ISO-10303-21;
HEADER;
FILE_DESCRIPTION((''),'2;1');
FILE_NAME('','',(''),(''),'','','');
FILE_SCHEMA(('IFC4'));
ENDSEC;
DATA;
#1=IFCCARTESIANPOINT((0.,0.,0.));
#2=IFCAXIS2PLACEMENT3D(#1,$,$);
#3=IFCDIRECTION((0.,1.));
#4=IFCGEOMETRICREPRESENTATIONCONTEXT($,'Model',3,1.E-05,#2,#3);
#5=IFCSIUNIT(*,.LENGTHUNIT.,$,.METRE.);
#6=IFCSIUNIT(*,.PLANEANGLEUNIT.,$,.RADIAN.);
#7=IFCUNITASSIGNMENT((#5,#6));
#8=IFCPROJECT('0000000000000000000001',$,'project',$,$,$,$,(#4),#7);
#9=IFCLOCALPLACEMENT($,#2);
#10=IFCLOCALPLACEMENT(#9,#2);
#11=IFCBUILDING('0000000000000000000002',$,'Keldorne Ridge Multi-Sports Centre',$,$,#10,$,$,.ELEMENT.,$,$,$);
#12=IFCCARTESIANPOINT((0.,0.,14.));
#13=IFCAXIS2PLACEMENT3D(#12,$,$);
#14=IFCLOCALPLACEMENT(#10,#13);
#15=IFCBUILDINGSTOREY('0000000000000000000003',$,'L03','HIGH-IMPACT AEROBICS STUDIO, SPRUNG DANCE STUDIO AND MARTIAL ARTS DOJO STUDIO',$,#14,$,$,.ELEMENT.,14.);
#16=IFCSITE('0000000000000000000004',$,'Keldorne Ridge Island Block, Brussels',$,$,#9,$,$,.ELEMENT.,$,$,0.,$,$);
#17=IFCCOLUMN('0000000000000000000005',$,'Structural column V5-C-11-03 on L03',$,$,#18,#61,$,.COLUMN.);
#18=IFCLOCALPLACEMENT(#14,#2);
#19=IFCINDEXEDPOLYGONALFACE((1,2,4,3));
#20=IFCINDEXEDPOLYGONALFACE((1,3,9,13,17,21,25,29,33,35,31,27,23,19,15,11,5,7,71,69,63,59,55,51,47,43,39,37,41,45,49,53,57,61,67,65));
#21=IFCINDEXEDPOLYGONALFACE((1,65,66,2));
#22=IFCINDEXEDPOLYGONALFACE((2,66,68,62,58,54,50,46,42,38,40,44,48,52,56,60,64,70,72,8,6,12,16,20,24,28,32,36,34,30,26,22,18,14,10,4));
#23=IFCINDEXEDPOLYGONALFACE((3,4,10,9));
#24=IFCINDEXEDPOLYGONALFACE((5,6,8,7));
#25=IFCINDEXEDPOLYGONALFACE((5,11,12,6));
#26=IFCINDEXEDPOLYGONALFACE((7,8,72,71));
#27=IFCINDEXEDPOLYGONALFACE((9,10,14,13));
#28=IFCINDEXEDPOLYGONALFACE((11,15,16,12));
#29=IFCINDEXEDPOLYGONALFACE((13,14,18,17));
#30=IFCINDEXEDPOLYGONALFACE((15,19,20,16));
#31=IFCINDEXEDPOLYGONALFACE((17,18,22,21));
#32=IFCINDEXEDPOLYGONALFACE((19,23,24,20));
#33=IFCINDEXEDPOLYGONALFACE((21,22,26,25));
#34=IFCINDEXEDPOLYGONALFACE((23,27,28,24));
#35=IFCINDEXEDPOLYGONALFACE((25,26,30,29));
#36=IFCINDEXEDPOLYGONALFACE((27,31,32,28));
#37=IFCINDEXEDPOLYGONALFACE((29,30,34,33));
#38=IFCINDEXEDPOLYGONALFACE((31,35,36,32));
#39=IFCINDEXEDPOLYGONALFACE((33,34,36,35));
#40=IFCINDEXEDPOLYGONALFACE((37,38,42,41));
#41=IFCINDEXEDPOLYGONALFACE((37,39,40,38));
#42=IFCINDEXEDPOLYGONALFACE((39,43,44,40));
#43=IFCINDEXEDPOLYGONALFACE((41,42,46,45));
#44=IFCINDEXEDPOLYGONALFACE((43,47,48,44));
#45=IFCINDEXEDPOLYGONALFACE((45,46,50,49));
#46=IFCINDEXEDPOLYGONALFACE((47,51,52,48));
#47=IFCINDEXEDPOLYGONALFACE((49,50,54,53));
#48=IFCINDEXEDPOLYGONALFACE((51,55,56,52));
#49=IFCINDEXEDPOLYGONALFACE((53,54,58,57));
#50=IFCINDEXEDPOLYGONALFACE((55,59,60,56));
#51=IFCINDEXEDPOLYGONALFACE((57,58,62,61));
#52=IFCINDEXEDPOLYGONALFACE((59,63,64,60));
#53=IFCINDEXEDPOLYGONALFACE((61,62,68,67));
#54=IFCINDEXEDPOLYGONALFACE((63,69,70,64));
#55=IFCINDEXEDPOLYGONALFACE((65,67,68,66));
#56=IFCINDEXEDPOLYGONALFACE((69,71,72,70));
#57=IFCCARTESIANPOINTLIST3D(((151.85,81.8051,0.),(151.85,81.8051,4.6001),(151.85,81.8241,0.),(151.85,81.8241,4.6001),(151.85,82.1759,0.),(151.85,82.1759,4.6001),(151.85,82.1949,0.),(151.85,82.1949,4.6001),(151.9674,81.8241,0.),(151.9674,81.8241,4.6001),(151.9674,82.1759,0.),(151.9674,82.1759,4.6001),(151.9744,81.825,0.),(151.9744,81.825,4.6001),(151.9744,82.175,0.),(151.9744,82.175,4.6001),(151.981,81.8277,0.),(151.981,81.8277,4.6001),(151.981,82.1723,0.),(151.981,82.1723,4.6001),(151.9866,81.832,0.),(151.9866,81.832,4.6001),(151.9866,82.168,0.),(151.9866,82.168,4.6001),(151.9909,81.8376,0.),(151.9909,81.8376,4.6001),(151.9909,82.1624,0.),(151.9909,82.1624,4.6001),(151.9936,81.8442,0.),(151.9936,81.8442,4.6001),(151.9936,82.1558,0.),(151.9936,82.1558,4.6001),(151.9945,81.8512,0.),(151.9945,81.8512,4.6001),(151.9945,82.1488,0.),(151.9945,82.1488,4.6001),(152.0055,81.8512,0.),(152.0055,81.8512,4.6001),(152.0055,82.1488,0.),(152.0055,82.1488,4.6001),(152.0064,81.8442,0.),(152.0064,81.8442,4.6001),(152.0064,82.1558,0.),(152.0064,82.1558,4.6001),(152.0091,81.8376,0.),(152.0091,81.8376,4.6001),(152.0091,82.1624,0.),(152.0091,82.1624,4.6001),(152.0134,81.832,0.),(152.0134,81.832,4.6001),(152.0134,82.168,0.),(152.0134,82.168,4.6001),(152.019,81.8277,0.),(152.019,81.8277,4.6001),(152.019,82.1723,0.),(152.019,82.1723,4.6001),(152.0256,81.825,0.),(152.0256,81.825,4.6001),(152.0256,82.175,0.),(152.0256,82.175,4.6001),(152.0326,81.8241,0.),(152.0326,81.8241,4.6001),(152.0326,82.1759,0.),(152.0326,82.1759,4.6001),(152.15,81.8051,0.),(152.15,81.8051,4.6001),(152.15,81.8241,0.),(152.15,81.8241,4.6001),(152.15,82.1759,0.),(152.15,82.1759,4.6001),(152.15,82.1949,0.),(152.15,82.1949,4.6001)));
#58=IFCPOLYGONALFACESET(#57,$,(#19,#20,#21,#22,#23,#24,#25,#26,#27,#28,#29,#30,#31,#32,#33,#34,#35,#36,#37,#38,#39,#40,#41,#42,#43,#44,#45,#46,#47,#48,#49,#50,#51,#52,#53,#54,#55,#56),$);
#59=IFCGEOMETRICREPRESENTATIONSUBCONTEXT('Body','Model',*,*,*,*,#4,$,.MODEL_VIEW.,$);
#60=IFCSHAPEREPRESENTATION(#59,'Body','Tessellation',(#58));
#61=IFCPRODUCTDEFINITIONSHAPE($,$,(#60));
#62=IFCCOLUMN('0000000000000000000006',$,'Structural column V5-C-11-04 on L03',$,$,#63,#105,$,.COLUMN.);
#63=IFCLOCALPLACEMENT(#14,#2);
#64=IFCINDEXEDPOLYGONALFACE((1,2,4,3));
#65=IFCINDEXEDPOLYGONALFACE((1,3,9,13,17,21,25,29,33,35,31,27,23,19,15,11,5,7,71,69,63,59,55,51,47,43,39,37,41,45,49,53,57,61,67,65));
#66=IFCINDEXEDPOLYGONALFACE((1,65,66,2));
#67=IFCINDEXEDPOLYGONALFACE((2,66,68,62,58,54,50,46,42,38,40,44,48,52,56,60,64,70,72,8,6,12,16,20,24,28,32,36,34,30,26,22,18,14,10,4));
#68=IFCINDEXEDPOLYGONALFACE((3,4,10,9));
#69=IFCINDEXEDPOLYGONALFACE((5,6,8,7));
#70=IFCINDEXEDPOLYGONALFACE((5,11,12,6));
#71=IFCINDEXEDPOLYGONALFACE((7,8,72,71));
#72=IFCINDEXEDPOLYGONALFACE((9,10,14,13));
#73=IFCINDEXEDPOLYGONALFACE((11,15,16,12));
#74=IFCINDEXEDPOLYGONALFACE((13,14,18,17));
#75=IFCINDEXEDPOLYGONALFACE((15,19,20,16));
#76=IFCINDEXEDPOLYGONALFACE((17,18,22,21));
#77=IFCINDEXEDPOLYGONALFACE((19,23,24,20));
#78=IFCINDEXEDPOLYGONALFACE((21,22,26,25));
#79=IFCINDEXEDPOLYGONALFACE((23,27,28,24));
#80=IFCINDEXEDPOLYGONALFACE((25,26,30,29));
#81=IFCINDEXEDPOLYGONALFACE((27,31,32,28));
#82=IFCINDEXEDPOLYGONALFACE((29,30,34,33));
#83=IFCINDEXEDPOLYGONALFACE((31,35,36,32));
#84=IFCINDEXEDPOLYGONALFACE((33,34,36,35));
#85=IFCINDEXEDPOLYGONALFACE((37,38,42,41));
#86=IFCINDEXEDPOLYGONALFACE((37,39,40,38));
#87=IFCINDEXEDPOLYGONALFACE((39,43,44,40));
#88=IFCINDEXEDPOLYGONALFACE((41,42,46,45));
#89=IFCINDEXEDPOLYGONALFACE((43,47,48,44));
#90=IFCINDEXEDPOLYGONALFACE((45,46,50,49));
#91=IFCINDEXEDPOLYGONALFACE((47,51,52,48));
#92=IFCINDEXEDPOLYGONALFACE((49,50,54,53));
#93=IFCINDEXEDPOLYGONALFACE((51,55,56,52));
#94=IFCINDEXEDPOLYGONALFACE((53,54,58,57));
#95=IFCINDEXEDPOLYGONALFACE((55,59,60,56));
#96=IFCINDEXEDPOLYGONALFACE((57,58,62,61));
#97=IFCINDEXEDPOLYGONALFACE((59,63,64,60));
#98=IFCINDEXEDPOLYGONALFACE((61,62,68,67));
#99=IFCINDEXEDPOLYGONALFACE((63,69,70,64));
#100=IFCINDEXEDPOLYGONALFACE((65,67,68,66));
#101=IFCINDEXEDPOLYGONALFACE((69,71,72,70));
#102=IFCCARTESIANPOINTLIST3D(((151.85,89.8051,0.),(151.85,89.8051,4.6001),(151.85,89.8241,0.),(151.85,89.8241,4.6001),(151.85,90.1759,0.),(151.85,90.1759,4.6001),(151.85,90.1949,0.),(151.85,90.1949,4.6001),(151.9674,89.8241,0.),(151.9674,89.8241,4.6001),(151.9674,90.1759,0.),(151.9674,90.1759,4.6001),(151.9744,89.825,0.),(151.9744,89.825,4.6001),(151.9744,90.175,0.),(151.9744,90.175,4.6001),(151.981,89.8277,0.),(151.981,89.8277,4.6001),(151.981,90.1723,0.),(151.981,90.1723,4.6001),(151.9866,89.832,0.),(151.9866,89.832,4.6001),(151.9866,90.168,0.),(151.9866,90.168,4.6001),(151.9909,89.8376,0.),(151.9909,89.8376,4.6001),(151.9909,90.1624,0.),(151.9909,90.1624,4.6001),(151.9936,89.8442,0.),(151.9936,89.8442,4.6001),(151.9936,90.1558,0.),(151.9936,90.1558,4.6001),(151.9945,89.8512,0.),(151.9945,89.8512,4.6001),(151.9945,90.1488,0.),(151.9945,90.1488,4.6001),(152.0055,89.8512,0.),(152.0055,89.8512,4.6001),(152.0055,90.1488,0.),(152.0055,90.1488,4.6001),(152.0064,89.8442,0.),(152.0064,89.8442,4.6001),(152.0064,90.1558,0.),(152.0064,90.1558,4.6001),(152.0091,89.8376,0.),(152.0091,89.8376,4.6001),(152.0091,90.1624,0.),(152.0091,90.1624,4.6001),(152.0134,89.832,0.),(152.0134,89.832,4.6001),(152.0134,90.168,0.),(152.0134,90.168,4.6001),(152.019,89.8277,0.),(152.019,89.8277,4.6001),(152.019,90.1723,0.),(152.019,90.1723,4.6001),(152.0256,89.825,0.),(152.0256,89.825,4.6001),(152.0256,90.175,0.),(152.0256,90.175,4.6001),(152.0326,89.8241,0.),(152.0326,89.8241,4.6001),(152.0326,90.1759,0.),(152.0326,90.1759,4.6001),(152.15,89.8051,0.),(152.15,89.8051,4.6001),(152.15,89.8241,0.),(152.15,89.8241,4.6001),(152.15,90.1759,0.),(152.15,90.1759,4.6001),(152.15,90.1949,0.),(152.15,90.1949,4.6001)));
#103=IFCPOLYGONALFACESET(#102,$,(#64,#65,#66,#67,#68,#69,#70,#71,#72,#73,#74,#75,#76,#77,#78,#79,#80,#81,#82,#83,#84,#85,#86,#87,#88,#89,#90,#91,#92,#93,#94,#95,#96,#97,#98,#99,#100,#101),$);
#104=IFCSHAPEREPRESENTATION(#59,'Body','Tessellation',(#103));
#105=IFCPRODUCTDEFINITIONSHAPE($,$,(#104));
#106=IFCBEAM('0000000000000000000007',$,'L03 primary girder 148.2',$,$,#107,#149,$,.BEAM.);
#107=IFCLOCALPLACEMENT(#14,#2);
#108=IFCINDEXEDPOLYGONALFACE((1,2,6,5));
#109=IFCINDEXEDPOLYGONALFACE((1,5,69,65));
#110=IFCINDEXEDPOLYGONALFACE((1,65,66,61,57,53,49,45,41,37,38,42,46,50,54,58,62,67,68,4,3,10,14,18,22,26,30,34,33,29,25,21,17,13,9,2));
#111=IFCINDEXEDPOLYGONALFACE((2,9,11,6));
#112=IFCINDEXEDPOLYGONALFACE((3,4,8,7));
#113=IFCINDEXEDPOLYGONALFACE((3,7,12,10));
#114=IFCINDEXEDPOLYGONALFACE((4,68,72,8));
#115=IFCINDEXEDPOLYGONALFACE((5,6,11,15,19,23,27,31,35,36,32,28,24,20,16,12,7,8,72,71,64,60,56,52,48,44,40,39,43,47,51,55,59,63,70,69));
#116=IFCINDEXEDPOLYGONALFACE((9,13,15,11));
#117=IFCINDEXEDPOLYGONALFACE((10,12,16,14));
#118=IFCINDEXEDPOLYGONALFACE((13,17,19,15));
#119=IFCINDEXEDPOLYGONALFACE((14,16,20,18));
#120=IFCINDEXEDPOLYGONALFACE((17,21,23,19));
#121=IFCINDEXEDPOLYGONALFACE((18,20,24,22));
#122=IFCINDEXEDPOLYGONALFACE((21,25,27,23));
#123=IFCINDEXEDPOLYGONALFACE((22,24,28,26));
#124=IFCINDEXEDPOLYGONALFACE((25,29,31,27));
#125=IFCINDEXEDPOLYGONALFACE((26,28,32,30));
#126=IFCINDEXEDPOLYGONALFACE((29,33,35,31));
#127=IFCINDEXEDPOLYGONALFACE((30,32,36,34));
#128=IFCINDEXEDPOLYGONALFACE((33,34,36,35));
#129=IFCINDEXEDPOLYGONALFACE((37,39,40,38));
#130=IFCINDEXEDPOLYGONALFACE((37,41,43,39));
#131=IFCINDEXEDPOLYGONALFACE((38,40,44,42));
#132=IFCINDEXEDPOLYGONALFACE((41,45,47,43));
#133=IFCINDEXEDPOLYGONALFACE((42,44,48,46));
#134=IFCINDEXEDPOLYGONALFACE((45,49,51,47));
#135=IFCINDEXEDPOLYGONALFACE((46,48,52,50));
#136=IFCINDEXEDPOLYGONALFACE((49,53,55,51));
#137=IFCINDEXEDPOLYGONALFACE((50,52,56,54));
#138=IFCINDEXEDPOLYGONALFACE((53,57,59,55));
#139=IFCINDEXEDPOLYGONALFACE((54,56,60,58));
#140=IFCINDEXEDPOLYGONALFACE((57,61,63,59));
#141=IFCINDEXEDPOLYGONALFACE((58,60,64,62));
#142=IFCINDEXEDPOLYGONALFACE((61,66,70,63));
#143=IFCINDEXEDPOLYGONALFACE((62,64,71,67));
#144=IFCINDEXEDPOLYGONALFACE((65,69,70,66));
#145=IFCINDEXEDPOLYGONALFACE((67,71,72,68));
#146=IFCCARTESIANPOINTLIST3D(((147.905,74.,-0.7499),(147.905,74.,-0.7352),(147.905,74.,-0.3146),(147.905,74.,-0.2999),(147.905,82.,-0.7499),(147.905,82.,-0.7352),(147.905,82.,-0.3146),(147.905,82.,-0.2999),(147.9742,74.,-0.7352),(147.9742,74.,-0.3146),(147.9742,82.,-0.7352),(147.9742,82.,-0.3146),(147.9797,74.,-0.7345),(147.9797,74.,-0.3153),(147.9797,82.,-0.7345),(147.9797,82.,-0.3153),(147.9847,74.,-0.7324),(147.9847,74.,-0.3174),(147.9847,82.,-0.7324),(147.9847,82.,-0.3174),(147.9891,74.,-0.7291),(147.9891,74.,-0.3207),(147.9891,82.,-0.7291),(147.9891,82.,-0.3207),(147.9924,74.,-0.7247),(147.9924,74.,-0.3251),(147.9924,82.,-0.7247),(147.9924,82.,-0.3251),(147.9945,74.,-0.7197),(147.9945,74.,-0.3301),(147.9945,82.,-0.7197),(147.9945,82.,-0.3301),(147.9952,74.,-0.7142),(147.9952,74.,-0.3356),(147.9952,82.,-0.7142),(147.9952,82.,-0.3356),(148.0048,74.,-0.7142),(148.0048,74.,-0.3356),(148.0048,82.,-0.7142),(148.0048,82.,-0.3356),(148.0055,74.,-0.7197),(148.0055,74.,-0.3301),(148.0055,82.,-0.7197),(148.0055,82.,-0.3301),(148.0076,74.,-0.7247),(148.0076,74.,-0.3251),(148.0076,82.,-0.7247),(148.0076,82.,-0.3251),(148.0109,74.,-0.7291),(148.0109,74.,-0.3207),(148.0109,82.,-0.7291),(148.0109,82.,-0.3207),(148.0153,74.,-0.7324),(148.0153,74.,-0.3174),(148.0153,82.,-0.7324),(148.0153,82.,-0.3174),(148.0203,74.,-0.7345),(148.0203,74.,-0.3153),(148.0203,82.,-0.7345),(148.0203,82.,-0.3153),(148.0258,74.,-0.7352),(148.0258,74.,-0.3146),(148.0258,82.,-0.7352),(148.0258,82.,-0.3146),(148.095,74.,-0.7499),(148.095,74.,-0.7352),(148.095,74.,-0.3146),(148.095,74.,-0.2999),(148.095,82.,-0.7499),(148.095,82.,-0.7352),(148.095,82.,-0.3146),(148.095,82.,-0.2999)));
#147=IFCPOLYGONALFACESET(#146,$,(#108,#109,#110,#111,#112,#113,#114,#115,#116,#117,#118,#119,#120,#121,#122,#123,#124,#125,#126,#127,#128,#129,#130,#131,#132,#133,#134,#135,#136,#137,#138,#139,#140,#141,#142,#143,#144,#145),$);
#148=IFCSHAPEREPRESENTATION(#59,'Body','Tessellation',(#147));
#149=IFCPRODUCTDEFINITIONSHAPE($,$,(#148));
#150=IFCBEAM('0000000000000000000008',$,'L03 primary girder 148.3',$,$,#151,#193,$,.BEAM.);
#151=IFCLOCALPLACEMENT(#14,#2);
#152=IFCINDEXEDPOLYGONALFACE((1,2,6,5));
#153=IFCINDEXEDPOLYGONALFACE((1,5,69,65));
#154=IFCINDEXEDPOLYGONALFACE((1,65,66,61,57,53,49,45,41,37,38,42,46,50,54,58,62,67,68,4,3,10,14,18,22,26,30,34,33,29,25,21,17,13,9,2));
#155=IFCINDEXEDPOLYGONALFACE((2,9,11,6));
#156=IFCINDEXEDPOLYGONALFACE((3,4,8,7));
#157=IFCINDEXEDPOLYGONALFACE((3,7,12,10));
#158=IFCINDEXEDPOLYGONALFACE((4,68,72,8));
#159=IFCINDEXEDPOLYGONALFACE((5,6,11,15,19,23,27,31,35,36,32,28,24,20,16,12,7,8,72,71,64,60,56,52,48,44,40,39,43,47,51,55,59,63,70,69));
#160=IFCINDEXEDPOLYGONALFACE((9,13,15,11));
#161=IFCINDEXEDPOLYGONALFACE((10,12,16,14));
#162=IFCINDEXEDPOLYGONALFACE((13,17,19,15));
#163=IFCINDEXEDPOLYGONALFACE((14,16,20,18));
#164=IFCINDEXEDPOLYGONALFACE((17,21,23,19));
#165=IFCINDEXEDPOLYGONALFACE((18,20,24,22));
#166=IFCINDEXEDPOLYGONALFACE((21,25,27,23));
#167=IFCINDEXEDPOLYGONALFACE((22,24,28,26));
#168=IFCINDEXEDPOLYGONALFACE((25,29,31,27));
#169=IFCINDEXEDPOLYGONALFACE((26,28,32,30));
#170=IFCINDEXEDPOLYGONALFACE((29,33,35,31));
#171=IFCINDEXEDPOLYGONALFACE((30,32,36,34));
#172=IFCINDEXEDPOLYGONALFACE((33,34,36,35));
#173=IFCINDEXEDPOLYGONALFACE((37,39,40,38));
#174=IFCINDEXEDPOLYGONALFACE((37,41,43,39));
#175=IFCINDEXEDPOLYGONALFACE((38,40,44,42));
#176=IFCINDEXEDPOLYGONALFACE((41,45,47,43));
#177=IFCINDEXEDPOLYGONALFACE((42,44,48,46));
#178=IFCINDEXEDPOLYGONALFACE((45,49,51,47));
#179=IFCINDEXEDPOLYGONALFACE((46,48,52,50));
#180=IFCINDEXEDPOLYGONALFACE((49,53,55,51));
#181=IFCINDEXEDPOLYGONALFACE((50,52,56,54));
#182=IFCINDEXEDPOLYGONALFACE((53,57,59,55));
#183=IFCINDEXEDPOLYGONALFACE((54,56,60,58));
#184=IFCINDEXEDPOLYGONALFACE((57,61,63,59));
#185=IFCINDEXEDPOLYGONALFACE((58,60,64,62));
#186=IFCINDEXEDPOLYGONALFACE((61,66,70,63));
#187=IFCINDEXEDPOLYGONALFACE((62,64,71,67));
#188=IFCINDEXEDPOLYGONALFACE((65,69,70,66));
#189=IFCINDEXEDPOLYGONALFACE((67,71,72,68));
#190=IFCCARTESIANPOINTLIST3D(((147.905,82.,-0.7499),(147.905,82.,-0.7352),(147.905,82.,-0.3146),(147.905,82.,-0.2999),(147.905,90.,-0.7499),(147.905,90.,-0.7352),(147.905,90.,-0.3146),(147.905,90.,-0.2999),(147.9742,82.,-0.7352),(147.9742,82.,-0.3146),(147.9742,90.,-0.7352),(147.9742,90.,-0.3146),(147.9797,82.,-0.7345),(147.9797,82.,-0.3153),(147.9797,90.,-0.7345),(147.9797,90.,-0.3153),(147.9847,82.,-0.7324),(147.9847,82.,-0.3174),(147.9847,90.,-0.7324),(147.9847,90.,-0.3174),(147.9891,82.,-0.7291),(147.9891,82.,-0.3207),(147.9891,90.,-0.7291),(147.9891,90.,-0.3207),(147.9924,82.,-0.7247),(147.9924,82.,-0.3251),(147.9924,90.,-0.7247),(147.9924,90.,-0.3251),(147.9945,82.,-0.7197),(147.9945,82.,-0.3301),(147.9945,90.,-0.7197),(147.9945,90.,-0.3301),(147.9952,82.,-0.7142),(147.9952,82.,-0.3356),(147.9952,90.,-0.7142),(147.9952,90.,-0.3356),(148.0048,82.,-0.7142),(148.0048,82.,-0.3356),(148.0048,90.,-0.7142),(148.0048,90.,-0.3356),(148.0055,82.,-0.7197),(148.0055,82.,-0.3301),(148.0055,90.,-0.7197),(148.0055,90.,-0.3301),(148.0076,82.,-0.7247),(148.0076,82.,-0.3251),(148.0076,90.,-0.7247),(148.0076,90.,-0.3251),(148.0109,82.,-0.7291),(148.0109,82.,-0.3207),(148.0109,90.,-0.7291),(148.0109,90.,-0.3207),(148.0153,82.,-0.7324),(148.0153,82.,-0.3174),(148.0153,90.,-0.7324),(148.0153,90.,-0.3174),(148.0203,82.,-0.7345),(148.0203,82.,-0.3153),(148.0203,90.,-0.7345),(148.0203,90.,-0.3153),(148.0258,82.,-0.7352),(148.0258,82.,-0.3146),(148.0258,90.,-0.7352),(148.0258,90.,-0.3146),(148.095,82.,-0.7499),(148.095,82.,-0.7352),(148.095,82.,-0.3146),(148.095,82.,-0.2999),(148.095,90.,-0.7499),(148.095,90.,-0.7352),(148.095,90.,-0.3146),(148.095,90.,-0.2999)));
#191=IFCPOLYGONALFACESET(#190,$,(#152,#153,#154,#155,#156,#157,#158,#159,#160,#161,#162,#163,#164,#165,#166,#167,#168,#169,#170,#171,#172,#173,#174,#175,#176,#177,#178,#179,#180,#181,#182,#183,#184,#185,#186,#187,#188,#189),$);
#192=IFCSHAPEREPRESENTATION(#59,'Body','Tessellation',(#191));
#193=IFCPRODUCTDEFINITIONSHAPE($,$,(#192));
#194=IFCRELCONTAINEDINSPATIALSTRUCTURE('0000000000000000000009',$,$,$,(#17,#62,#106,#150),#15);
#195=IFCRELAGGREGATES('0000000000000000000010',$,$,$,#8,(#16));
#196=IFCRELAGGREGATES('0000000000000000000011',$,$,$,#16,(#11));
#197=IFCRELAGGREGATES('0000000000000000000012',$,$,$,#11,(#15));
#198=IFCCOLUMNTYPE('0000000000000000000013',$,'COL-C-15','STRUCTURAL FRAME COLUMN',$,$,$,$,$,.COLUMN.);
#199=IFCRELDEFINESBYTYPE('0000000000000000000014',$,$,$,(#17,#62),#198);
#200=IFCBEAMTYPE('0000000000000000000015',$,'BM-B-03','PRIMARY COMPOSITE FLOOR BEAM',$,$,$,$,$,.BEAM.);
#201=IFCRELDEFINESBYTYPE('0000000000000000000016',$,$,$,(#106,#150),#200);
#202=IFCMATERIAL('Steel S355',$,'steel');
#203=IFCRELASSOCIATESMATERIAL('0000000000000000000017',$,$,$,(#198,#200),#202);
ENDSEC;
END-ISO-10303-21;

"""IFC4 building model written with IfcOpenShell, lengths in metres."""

from ifc_helpers import new_model, si_unit, direction, frame, origin, origin_2d, place, context, subcontext, project, spatial, i_section, extrude, material, material_profile, profile_set, type_object, element, save


model = new_model("IFC4")

# Units and contexts
model_context = context("Model", 3, precision=1e-05, world=origin(), true_north=direction((0.0, 1.0)))
body_context = subcontext(model_context, "Body", "Model", "MODEL_VIEW")
ifc_project = project(units=[si_unit("LENGTHUNIT", "METRE"), si_unit("PLANEANGLEUNIT", "RADIAN")], contexts=[model_context])

# Site, building, storey
site_placement = place(None, origin())
site = spatial("IfcSite", under=ifc_project, at=site_placement, Name="Keldorne Ridge Island Block, Brussels", CompositionType="ELEMENT", RefElevation=0.0)
building_placement = place(site_placement, origin())
building = spatial("IfcBuilding", under=site, at=building_placement, Name="Keldorne Ridge Multi-Sports Centre", CompositionType="ELEMENT")
storey_placement = place(building_placement, frame((0.0, 0.0, 14.0)))
storey = spatial("IfcBuildingStorey", under=building, at=storey_placement, Name="L03", Description="HIGH-IMPACT AEROBICS STUDIO, SPRUNG DANCE STUDIO AND MARTIAL ARTS DOJO STUDIO", CompositionType="ELEMENT", Elevation=14.0)

# Columns
ifc_material_1 = material(Name="Steel S355", Category="steel")
ifc_material_profile_1 = material_profile(ifc_material_1, i_section(OverallWidth=0.3, OverallDepth=0.3899, WebThickness=0.011, FlangeThickness=0.019, FilletRadius=0.0271, at=origin_2d()), Name="HEA 400")
ifc_profile_set_1 = profile_set([ifc_material_profile_1], Name="Steel S355")
column_type = type_object("IfcColumnType", Name="COL-C-15", Description="STRUCTURAL FRAME COLUMN", PredefinedType="COLUMN", material=ifc_profile_set_1)
for number, where, z_axis, x_axis, name in (
    (1, (152.0, 82.0, 0.0), (0.0, 0.0, 1.0), (1.0, 0.0, 0.0), "Structural column V5-C-11-03 on L03"),
    (2, (152.0, 90.0, 0.0), (0.0, 0.0, 1.0), (1.0, 0.0, 0.0), "Structural column V5-C-11-04 on L03"),
):
    element("IfcColumn", number, at=place(storey_placement, frame(where, z_axis=z_axis, x_axis=x_axis)), inside=storey, type_object=column_type, Name=name, PredefinedType="COLUMN", context=body_context, shape_type="SweptSolid", body=[
        extrude(i_section(OverallWidth=0.3, OverallDepth=0.3899, WebThickness=0.011, FlangeThickness=0.019, FilletRadius=0.0271, at=origin_2d()), origin(), (0.0, 0.0, 1.0), 4.6001),
    ])

# Beams
ifc_material_profile_2 = material_profile(ifc_material_1, i_section(OverallWidth=0.1899, OverallDepth=0.45, WebThickness=0.0095, FlangeThickness=0.0146, FilletRadius=0.021, at=origin_2d()), Name="IPE 450")
ifc_profile_set_2 = profile_set([ifc_material_profile_2], Name="Steel S355")
beam_type_1 = type_object("IfcBeamType", Name="BM-B-03", Description="PRIMARY COMPOSITE FLOOR BEAM", PredefinedType="BEAM", material=ifc_profile_set_2)
for number, where, z_axis, x_axis, name in (
    (3, (148.0, 74.0, -0.5249), (0.0, 1.0, 0.0), (-1.0, 0.0, 0.0), "L03 primary girder 148.2"),
    (4, (148.0, 82.0, -0.5249), (0.0, 1.0, 0.0), (-1.0, 0.0, 0.0), "L03 primary girder 148.3"),
):
    element("IfcBeam", number, at=place(storey_placement, frame(where, z_axis=z_axis, x_axis=x_axis)), inside=storey, type_object=beam_type_1, Name=name, PredefinedType="BEAM", context=body_context, shape_type="SweptSolid", body=[
        extrude(i_section(OverallWidth=0.1899, OverallDepth=0.45, WebThickness=0.0095, FlangeThickness=0.0146, FilletRadius=0.021, at=origin_2d()), origin(), (0.0, 0.0, 1.0), 8.0),
    ])

save(model, "model.ifc")
